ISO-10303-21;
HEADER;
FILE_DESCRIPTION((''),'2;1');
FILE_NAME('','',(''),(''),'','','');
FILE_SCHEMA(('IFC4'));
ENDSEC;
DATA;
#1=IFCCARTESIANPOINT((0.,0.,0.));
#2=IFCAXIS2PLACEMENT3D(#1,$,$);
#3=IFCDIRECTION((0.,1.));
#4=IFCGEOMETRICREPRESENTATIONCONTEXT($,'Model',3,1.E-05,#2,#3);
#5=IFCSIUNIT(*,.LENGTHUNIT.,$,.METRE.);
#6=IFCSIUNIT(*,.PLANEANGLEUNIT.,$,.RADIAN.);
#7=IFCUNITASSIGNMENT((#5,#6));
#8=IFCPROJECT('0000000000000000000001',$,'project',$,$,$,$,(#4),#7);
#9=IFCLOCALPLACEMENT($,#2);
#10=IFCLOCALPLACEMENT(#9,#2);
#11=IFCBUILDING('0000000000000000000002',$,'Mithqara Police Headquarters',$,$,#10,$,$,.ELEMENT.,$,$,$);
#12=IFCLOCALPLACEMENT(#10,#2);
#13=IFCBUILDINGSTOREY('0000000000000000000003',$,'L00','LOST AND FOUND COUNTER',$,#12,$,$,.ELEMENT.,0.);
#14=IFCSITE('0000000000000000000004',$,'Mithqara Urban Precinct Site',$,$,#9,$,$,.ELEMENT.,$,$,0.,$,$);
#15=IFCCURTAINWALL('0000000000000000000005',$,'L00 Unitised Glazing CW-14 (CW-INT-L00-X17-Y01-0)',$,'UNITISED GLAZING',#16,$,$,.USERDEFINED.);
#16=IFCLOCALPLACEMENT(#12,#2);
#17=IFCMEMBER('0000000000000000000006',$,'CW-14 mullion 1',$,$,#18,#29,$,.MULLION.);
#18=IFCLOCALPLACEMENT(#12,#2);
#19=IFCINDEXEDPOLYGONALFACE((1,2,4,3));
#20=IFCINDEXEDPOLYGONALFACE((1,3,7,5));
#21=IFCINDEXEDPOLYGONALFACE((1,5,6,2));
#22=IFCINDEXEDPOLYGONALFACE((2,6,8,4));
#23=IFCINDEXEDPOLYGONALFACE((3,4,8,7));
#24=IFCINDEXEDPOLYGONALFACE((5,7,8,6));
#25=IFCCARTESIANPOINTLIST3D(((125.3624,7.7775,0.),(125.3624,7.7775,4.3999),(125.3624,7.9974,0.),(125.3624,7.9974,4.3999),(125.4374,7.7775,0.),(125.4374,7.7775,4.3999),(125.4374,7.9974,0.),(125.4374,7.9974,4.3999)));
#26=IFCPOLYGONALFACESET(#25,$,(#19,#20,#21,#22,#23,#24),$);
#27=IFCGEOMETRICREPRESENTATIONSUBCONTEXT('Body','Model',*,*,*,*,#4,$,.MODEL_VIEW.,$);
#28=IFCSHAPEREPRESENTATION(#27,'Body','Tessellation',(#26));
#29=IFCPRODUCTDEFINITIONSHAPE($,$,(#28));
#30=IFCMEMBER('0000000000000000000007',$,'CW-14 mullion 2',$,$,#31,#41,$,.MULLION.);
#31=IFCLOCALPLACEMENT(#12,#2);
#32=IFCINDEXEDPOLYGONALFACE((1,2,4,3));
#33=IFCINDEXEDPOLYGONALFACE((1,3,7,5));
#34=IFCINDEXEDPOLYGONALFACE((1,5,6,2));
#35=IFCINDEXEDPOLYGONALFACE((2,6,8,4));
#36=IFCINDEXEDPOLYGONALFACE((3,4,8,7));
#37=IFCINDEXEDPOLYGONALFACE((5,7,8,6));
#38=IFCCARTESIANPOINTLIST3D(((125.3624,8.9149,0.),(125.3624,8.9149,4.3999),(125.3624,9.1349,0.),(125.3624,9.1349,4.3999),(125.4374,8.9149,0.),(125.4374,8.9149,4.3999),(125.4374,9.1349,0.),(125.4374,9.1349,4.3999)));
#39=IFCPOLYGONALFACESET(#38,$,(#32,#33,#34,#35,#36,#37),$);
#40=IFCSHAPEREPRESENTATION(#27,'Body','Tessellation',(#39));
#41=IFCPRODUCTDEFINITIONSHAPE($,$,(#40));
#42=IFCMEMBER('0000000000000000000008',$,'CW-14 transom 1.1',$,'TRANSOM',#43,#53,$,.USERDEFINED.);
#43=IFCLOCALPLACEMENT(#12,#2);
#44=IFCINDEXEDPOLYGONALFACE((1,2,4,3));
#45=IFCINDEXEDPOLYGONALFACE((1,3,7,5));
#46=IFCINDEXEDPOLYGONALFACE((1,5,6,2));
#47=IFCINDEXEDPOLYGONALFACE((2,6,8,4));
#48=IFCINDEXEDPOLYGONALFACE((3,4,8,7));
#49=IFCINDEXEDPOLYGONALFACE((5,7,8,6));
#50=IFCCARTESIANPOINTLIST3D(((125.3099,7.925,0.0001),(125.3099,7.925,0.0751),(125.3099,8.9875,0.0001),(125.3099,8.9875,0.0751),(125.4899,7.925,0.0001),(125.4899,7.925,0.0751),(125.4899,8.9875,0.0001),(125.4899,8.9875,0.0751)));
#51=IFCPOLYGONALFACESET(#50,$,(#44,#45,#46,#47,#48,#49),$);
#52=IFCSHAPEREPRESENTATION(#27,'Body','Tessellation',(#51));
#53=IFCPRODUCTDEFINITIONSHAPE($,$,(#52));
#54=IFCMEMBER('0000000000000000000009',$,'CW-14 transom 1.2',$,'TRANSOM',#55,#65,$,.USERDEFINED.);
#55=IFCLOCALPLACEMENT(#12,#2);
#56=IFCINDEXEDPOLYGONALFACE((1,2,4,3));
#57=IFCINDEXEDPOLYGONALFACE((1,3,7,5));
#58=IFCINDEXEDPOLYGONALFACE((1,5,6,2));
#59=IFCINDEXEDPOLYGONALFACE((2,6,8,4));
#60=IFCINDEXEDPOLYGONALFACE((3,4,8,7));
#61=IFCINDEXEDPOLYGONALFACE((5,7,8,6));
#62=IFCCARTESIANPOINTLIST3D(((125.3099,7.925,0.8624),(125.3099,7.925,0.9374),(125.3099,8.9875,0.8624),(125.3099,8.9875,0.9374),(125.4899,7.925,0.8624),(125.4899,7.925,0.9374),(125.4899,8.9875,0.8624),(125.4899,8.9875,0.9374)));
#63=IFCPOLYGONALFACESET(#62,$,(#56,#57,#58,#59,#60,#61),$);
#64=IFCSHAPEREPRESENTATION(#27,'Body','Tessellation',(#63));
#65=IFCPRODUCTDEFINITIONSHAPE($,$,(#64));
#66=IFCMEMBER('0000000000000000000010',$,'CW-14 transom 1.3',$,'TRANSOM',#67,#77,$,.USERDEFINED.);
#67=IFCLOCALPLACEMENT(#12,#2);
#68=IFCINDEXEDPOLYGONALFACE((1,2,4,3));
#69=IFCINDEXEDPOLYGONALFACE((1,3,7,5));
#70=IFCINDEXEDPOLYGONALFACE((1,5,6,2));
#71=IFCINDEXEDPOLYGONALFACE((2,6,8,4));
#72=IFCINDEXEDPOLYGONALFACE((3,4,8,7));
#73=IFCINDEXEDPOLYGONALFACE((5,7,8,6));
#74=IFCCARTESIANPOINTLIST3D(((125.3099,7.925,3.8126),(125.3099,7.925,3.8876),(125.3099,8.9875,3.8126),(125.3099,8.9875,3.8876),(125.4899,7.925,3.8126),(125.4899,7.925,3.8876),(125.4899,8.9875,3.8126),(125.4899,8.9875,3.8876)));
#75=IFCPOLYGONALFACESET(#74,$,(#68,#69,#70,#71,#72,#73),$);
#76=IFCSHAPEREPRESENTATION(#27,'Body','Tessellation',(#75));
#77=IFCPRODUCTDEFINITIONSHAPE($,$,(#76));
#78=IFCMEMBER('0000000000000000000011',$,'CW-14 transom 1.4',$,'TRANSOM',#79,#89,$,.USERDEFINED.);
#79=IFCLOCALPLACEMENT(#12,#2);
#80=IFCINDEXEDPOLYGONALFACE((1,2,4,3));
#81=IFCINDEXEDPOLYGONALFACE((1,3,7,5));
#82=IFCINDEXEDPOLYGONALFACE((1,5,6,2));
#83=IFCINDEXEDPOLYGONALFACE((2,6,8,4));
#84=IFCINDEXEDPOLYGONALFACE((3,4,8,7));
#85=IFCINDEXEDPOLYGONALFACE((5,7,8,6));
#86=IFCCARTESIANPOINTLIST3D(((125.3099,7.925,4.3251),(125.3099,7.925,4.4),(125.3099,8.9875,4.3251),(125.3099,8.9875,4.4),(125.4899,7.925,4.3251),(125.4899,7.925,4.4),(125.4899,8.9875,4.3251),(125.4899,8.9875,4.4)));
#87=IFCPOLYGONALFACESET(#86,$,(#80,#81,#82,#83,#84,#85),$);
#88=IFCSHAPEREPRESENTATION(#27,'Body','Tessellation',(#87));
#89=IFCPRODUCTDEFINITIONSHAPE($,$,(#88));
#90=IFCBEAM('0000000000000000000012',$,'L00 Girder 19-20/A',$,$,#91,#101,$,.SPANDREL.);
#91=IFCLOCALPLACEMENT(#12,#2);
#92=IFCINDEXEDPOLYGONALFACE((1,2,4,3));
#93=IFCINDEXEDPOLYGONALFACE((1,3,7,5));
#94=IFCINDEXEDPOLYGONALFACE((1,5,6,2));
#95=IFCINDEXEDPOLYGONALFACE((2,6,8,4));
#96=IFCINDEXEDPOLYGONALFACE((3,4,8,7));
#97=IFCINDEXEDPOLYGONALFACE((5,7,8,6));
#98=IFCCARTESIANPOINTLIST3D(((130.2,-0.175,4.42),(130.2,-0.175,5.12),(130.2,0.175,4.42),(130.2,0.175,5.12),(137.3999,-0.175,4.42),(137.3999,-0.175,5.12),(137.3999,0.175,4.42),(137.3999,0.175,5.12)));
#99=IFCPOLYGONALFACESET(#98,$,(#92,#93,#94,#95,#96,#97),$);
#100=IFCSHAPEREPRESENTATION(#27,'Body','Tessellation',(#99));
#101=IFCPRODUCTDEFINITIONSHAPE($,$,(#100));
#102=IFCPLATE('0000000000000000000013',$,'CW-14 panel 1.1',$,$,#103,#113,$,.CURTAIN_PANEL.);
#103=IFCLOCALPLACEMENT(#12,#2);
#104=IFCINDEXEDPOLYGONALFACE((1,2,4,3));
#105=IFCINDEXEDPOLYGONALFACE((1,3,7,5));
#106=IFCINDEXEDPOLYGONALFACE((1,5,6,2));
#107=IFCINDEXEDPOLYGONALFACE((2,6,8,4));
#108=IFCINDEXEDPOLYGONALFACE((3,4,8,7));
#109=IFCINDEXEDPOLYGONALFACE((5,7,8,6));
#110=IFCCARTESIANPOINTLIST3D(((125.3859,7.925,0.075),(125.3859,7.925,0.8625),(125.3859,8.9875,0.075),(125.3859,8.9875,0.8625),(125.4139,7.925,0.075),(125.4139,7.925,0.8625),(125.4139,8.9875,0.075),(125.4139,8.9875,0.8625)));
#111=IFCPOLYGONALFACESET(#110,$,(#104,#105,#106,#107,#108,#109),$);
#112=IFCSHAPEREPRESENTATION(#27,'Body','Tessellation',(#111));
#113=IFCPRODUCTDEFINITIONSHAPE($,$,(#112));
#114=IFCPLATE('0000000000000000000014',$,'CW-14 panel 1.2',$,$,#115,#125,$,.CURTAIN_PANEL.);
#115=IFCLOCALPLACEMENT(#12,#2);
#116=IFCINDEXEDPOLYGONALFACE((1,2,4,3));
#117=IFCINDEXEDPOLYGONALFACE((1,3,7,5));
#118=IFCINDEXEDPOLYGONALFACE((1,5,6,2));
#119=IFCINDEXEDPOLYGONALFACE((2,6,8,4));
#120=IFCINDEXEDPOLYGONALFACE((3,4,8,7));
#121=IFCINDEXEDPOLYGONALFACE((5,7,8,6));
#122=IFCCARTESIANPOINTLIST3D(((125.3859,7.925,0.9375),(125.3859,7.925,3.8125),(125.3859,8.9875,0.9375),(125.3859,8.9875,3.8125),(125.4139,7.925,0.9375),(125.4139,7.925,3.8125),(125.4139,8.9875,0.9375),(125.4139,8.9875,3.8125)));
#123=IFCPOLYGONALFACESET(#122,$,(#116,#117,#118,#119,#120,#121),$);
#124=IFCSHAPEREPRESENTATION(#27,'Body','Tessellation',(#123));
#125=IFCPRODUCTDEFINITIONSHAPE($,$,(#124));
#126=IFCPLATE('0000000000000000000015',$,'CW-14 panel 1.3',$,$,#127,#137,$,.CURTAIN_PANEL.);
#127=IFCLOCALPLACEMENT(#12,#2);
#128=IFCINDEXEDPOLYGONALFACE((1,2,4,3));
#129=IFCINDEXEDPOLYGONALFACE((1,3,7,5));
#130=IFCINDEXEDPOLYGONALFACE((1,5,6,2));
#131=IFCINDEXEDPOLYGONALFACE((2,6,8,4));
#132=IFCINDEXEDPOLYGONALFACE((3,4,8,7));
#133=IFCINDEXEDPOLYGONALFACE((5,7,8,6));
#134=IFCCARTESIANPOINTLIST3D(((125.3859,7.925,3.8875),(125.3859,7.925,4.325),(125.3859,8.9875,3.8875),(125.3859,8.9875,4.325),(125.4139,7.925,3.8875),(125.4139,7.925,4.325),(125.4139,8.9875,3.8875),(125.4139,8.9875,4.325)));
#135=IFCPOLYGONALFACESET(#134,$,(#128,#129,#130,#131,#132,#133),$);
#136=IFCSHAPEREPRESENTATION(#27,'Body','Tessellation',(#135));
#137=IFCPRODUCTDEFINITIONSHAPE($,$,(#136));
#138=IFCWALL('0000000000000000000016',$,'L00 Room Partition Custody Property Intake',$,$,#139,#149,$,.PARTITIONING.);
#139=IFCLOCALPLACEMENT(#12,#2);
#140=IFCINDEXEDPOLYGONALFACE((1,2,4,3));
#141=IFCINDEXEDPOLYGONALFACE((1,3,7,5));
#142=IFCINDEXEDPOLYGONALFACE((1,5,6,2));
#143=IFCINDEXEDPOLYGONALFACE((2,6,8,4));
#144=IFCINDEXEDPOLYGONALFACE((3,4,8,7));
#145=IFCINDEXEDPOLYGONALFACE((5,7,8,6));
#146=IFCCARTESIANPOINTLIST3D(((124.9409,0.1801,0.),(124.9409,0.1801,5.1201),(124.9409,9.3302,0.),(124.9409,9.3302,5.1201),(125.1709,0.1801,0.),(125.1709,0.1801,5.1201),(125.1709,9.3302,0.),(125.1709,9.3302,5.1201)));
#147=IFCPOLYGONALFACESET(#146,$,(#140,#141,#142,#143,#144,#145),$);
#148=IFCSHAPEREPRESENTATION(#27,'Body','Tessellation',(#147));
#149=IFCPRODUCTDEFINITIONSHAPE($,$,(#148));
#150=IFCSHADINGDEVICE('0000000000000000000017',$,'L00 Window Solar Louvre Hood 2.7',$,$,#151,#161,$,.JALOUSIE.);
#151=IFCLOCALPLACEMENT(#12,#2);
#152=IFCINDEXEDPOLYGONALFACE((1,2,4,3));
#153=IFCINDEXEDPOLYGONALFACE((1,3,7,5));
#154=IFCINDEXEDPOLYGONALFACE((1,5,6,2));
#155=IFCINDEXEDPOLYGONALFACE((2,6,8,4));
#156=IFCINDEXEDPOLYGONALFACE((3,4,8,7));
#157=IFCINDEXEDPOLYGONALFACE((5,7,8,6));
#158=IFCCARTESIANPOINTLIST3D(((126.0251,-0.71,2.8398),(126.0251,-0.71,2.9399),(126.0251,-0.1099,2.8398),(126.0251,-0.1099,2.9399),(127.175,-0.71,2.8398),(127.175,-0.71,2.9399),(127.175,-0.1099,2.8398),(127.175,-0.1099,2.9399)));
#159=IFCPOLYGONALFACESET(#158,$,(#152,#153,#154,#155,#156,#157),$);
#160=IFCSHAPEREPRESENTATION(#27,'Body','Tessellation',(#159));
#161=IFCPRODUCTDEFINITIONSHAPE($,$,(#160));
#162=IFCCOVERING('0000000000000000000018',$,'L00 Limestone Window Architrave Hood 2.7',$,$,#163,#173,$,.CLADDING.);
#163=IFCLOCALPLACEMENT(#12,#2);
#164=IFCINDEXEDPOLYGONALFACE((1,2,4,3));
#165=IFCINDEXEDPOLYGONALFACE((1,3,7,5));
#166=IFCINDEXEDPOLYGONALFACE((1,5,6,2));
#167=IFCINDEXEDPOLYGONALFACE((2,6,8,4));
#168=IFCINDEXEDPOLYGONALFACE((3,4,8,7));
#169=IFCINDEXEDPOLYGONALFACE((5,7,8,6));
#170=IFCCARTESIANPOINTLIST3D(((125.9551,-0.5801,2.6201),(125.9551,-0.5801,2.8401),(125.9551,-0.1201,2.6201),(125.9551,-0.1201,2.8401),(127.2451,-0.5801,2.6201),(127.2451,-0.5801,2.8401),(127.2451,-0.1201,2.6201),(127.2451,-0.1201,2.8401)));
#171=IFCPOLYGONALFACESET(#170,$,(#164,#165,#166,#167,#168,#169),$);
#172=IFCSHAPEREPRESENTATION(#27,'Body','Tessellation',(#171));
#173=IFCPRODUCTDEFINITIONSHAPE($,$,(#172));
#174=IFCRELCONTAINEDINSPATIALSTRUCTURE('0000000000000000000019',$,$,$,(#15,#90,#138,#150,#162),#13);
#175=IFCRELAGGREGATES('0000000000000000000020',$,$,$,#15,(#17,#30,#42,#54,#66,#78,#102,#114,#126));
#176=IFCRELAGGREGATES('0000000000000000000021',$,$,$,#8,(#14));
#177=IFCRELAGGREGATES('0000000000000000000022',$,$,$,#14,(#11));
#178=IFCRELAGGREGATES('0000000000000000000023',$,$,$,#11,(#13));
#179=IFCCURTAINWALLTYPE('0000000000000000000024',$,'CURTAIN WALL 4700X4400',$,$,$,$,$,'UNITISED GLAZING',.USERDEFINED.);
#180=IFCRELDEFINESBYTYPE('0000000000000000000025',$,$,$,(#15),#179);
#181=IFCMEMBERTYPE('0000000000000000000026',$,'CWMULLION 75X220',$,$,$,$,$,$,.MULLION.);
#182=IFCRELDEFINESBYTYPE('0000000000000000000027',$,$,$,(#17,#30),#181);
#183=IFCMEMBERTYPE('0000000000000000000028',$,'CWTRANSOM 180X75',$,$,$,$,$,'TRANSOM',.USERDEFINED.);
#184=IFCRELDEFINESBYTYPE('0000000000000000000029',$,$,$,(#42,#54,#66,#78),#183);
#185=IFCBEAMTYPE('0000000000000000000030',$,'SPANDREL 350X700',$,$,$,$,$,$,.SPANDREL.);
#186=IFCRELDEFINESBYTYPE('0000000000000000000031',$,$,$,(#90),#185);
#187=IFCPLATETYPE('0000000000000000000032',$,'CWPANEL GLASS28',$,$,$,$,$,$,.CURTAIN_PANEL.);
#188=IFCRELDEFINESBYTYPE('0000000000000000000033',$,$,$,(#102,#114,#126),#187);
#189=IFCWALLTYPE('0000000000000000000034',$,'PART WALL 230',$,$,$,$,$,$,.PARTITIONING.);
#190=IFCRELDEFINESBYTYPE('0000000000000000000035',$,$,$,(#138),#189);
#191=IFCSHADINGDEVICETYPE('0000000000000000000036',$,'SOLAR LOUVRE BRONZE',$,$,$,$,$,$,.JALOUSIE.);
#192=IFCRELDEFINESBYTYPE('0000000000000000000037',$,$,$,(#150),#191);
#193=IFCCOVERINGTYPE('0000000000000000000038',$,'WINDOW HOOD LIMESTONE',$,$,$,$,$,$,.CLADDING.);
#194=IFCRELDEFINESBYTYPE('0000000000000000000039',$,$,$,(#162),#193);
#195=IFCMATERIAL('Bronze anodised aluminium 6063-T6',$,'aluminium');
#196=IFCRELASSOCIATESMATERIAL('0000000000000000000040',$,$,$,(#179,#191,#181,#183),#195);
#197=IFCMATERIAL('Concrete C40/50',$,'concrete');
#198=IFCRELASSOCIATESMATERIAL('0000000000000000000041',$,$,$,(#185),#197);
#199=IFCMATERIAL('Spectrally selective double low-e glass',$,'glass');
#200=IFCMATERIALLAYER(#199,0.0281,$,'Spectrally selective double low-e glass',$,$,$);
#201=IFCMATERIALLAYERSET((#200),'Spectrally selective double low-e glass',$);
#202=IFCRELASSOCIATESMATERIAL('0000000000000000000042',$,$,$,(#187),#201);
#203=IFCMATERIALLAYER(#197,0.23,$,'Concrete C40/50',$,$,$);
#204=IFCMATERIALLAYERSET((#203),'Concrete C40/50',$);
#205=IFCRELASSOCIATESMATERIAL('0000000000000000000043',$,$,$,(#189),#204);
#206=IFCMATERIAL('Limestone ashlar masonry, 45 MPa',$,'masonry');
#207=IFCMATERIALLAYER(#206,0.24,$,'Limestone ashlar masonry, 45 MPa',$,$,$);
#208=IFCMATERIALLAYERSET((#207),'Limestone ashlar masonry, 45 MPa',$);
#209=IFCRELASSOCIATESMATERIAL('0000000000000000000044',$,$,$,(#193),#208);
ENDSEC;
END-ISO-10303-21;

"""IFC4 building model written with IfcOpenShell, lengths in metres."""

from ifc_helpers import new_model, si_unit, direction, frame, frame_2d, origin, origin_2d, place, context, subcontext, project, spatial, rectangle, extrude, material, layer, layer_set, material_profile, profile_set, type_object, element, aggregate, save


model = new_model("IFC4")

# Units and contexts
model_context = context("Model", 3, precision=1e-05, world=origin(), true_north=direction((0.0, 1.0)))
body_context = subcontext(model_context, "Body", "Model", "MODEL_VIEW")
ifc_project = project(units=[si_unit("LENGTHUNIT", "METRE"), si_unit("PLANEANGLEUNIT", "RADIAN")], contexts=[model_context])

# Site, building, storey
site_placement = place(None, origin())
site = spatial("IfcSite", under=ifc_project, at=site_placement, Name="Mithqara Urban Precinct Site", CompositionType="ELEMENT", RefElevation=0.0)
building_placement = place(site_placement, origin())
building = spatial("IfcBuilding", under=site, at=building_placement, Name="Mithqara Police Headquarters", CompositionType="ELEMENT")
storey_placement = place(building_placement, origin())
storey = spatial("IfcBuildingStorey", under=building, at=storey_placement, Name="L00", Description="LOST AND FOUND COUNTER", CompositionType="ELEMENT", Elevation=0.0)

# Shared definitions
ifc_material_1 = material(Name="Concrete C40/50", Category="concrete")

# Curtain wall, members
ifc_material_2 = material(Name="Bronze anodised aluminium 6063-T6", Category="aluminium")
curtain_wall_type = type_object("IfcCurtainWallType", Name="CURTAIN WALL 4700X4400", ElementType="UNITISED GLAZING", PredefinedType="USERDEFINED", material=ifc_material_2)
curtain_wall_placement = place(storey_placement, origin())
curtain_wall = element("IfcCurtainWall", 1, at=curtain_wall_placement, inside=storey, type_object=curtain_wall_type, Name="L00 Unitised Glazing CW-14 (CW-INT-L00-X17-Y01-0)", ObjectType="UNITISED GLAZING", PredefinedType="USERDEFINED")
ifc_material_profile_1 = material_profile(ifc_material_2, rectangle(XDim=0.075, YDim=0.22, at=origin_2d()), Name="CWM 75x220")
ifc_profile_set_1 = profile_set([ifc_material_profile_1], Name="Bronze anodised aluminium 6063-T6")
member_type_1 = type_object("IfcMemberType", Name="CWMULLION 75X220", PredefinedType="MULLION", material=ifc_profile_set_1)
member_1_placement = place(storey_placement, frame((125.3999, 7.8875, 0.0), z_axis=(0.0, 0.0, 1.0), x_axis=(-1.0, 0.0, 0.0)))
member_1 = element("IfcMember", 2, at=member_1_placement, type_object=member_type_1, Name="CW-14 mullion 1", PredefinedType="MULLION", context=body_context, shape_type="SweptSolid", body=[
    extrude(rectangle(XDim=0.075, YDim=0.22, at=origin_2d()), origin(), (0.0, 0.0, 1.0), 4.3999),
])
member_2_placement = place(storey_placement, frame((125.3999, 9.0249, 0.0), z_axis=(0.0, 0.0, 1.0), x_axis=(-1.0, 0.0, 0.0)))
member_2 = element("IfcMember", 3, at=member_2_placement, type_object=member_type_1, Name="CW-14 mullion 2", PredefinedType="MULLION", context=body_context, shape_type="SweptSolid", body=[
    extrude(rectangle(XDim=0.075, YDim=0.22, at=origin_2d()), origin(), (0.0, 0.0, 1.0), 4.3999),
])
ifc_material_profile_2 = material_profile(ifc_material_2, rectangle(XDim=0.1799, YDim=0.075, at=origin_2d()), Name="CWT 180x75")
ifc_profile_set_2 = profile_set([ifc_material_profile_2], Name="Bronze anodised aluminium 6063-T6")
member_type_2 = type_object("IfcMemberType", Name="CWTRANSOM 180X75", ElementType="TRANSOM", PredefinedType="USERDEFINED", material=ifc_profile_set_2)
member_3_placement = place(storey_placement, frame((125.3999, 7.925, 0.0376), z_axis=(0.0, 1.0, 0.0), x_axis=(-1.0, 0.0, 0.0)))
member_3 = element("IfcMember", 4, at=member_3_placement, type_object=member_type_2, Name="CW-14 transom 1.1", ObjectType="TRANSOM", PredefinedType="USERDEFINED", context=body_context, shape_type="SweptSolid", body=[
    extrude(rectangle(XDim=0.1799, YDim=0.075, at=origin_2d()), origin(), (0.0, 0.0, 1.0), 1.0625),
])
member_4_placement = place(storey_placement, frame((125.3999, 7.925, 0.8999), z_axis=(0.0, 1.0, 0.0), x_axis=(-1.0, 0.0, 0.0)))
member_4 = element("IfcMember", 5, at=member_4_placement, type_object=member_type_2, Name="CW-14 transom 1.2", ObjectType="TRANSOM", PredefinedType="USERDEFINED", context=body_context, shape_type="SweptSolid", body=[
    extrude(rectangle(XDim=0.1799, YDim=0.075, at=origin_2d()), origin(), (0.0, 0.0, 1.0), 1.0625),
])
member_5_placement = place(storey_placement, frame((125.3999, 7.925, 3.8501), z_axis=(0.0, 1.0, 0.0), x_axis=(-1.0, 0.0, 0.0)))
member_5 = element("IfcMember", 6, at=member_5_placement, type_object=member_type_2, Name="CW-14 transom 1.3", ObjectType="TRANSOM", PredefinedType="USERDEFINED", context=body_context, shape_type="SweptSolid", body=[
    extrude(rectangle(XDim=0.1799, YDim=0.075, at=origin_2d()), origin(), (0.0, 0.0, 1.0), 1.0625),
])
member_6_placement = place(storey_placement, frame((125.3999, 7.925, 4.3625), z_axis=(0.0, 1.0, 0.0), x_axis=(-1.0, 0.0, 0.0)))
member_6 = element("IfcMember", 7, at=member_6_placement, type_object=member_type_2, Name="CW-14 transom 1.4", ObjectType="TRANSOM", PredefinedType="USERDEFINED", context=body_context, shape_type="SweptSolid", body=[
    extrude(rectangle(XDim=0.1799, YDim=0.075, at=origin_2d()), origin(), (0.0, 0.0, 1.0), 1.0625),
])

# Beam
ifc_material_profile_3 = material_profile(ifc_material_1, rectangle(XDim=0.3501, YDim=0.7, at=origin_2d()), Name="SPB 350x700")
ifc_profile_set_3 = profile_set([ifc_material_profile_3], Name="Concrete C40/50")
beam_type_1 = type_object("IfcBeamType", Name="SPANDREL 350X700", PredefinedType="SPANDREL", material=ifc_profile_set_3)
beam_1_placement = place(storey_placement, frame((130.2, 0.0, 4.77), z_axis=(1.0, 0.0, 0.0), x_axis=(0.0, 1.0, 0.0)))
element("IfcBeam", 8, at=beam_1_placement, inside=storey, type_object=beam_type_1, Name="L00 Girder 19-20/A", PredefinedType="SPANDREL", context=body_context, shape_type="SweptSolid", body=[
    extrude(rectangle(XDim=0.3501, YDim=0.7, at=origin_2d()), origin(), (0.0, 0.0, 1.0), 7.2),
])

# Plates
ifc_material_3 = material(Name="Spectrally selective double low-e glass", Category="glass")
ifc_layer_1 = layer(ifc_material_3, 0.0281, Name="Spectrally selective double low-e glass")
ifc_layer_set_1 = layer_set([ifc_layer_1], Name="Spectrally selective double low-e glass")
plate_type = type_object("IfcPlateType", Name="CWPANEL GLASS28", PredefinedType="CURTAIN_PANEL", material=ifc_layer_set_1)
plate_1_placement = place(storey_placement, frame((125.3999, 8.4563, 0.075), z_axis=(0.0, 0.0, 1.0), x_axis=(0.0, 1.0, 0.0)))
plate_1 = element("IfcPlate", 9, at=plate_1_placement, type_object=plate_type, Name="CW-14 panel 1.1", PredefinedType="CURTAIN_PANEL", context=body_context, shape_type="SweptSolid", body=[
    extrude(rectangle(XDim=1.0625, YDim=0.0281, at=origin_2d()), origin(), (0.0, 0.0, 1.0), 0.7876),
])
plate_2_placement = place(storey_placement, frame((125.3999, 8.4563, 0.9375), z_axis=(0.0, 0.0, 1.0), x_axis=(0.0, 1.0, 0.0)))
plate_2 = element("IfcPlate", 10, at=plate_2_placement, type_object=plate_type, Name="CW-14 panel 1.2", PredefinedType="CURTAIN_PANEL", context=body_context, shape_type="SweptSolid", body=[
    extrude(rectangle(XDim=1.0625, YDim=0.0281, at=origin_2d()), origin(), (0.0, 0.0, 1.0), 2.875),
])
plate_3_placement = place(storey_placement, frame((125.3999, 8.4563, 3.8875), z_axis=(0.0, 0.0, 1.0), x_axis=(0.0, 1.0, 0.0)))
plate_3 = element("IfcPlate", 11, at=plate_3_placement, type_object=plate_type, Name="CW-14 panel 1.3", PredefinedType="CURTAIN_PANEL", context=body_context, shape_type="SweptSolid", body=[
    extrude(rectangle(XDim=1.0625, YDim=0.0281, at=origin_2d()), origin(), (0.0, 0.0, 1.0), 0.4375),
])
aggregate(curtain_wall, [member_1, member_2, member_3, member_4, member_5, member_6, plate_1, plate_2, plate_3])

# Wall
ifc_layer_2 = layer(ifc_material_1, 0.23, Name="Concrete C40/50")
ifc_layer_set_2 = layer_set([ifc_layer_2], Name="Concrete C40/50")
wall_type = type_object("IfcWallType", Name="PART WALL 230", PredefinedType="PARTITIONING", material=ifc_layer_set_2)
wall_placement = place(storey_placement, frame((125.0559, 0.1799, 0.0), z_axis=(0.0, 0.0, 1.0), x_axis=(0.0, 1.0, 0.0)))
element("IfcWall", 12, at=wall_placement, inside=storey, type_object=wall_type, Name="L00 Room Partition Custody Property Intake", PredefinedType="PARTITIONING", context=body_context, shape_type="SweptSolid", body=[
    extrude(rectangle(XDim=9.1501, YDim=0.23, at=frame_2d((4.5752, 0.0))), origin(), (0.0, 0.0, 1.0), 5.1201),
])

# Shading device
shading_device_type = type_object("IfcShadingDeviceType", Name="SOLAR LOUVRE BRONZE", PredefinedType="JALOUSIE", material=ifc_material_2)
shading_device_placement = place(storey_placement, frame((126.6001, -0.4099, 2.8398), z_axis=(0.0, 0.0, 1.0), x_axis=(1.0, 0.0, 0.0)))
element("IfcShadingDevice", 13, at=shading_device_placement, inside=storey, type_object=shading_device_type, Name="L00 Window Solar Louvre Hood 2.7", PredefinedType="JALOUSIE", context=body_context, shape_type="SweptSolid", body=[
    extrude(rectangle(XDim=1.1499, YDim=0.6001, at=origin_2d()), origin(), (0.0, 0.0, 1.0), 0.1001),
])

# Covering
ifc_material_4 = material(Name="Limestone ashlar masonry, 45 MPa", Category="masonry")
ifc_layer_3 = layer(ifc_material_4, 0.24, Name="Limestone ashlar masonry, 45 MPa")
ifc_layer_set_3 = layer_set([ifc_layer_3], Name="Limestone ashlar masonry, 45 MPa")
covering_type = type_object("IfcCoveringType", Name="WINDOW HOOD LIMESTONE", PredefinedType="CLADDING", material=ifc_layer_set_3)
covering_placement = place(storey_placement, frame((126.6001, -0.3501, 2.6201), z_axis=(0.0, 0.0, 1.0), x_axis=(1.0, 0.0, 0.0)))
element("IfcCovering", 14, at=covering_placement, inside=storey, type_object=covering_type, Name="L00 Limestone Window Architrave Hood 2.7", PredefinedType="CLADDING", context=body_context, shape_type="SweptSolid", body=[
    extrude(rectangle(XDim=1.29, YDim=0.46, at=origin_2d()), origin(), (0.0, 0.0, 1.0), 0.22),
])

save(model, "model.ifc")
